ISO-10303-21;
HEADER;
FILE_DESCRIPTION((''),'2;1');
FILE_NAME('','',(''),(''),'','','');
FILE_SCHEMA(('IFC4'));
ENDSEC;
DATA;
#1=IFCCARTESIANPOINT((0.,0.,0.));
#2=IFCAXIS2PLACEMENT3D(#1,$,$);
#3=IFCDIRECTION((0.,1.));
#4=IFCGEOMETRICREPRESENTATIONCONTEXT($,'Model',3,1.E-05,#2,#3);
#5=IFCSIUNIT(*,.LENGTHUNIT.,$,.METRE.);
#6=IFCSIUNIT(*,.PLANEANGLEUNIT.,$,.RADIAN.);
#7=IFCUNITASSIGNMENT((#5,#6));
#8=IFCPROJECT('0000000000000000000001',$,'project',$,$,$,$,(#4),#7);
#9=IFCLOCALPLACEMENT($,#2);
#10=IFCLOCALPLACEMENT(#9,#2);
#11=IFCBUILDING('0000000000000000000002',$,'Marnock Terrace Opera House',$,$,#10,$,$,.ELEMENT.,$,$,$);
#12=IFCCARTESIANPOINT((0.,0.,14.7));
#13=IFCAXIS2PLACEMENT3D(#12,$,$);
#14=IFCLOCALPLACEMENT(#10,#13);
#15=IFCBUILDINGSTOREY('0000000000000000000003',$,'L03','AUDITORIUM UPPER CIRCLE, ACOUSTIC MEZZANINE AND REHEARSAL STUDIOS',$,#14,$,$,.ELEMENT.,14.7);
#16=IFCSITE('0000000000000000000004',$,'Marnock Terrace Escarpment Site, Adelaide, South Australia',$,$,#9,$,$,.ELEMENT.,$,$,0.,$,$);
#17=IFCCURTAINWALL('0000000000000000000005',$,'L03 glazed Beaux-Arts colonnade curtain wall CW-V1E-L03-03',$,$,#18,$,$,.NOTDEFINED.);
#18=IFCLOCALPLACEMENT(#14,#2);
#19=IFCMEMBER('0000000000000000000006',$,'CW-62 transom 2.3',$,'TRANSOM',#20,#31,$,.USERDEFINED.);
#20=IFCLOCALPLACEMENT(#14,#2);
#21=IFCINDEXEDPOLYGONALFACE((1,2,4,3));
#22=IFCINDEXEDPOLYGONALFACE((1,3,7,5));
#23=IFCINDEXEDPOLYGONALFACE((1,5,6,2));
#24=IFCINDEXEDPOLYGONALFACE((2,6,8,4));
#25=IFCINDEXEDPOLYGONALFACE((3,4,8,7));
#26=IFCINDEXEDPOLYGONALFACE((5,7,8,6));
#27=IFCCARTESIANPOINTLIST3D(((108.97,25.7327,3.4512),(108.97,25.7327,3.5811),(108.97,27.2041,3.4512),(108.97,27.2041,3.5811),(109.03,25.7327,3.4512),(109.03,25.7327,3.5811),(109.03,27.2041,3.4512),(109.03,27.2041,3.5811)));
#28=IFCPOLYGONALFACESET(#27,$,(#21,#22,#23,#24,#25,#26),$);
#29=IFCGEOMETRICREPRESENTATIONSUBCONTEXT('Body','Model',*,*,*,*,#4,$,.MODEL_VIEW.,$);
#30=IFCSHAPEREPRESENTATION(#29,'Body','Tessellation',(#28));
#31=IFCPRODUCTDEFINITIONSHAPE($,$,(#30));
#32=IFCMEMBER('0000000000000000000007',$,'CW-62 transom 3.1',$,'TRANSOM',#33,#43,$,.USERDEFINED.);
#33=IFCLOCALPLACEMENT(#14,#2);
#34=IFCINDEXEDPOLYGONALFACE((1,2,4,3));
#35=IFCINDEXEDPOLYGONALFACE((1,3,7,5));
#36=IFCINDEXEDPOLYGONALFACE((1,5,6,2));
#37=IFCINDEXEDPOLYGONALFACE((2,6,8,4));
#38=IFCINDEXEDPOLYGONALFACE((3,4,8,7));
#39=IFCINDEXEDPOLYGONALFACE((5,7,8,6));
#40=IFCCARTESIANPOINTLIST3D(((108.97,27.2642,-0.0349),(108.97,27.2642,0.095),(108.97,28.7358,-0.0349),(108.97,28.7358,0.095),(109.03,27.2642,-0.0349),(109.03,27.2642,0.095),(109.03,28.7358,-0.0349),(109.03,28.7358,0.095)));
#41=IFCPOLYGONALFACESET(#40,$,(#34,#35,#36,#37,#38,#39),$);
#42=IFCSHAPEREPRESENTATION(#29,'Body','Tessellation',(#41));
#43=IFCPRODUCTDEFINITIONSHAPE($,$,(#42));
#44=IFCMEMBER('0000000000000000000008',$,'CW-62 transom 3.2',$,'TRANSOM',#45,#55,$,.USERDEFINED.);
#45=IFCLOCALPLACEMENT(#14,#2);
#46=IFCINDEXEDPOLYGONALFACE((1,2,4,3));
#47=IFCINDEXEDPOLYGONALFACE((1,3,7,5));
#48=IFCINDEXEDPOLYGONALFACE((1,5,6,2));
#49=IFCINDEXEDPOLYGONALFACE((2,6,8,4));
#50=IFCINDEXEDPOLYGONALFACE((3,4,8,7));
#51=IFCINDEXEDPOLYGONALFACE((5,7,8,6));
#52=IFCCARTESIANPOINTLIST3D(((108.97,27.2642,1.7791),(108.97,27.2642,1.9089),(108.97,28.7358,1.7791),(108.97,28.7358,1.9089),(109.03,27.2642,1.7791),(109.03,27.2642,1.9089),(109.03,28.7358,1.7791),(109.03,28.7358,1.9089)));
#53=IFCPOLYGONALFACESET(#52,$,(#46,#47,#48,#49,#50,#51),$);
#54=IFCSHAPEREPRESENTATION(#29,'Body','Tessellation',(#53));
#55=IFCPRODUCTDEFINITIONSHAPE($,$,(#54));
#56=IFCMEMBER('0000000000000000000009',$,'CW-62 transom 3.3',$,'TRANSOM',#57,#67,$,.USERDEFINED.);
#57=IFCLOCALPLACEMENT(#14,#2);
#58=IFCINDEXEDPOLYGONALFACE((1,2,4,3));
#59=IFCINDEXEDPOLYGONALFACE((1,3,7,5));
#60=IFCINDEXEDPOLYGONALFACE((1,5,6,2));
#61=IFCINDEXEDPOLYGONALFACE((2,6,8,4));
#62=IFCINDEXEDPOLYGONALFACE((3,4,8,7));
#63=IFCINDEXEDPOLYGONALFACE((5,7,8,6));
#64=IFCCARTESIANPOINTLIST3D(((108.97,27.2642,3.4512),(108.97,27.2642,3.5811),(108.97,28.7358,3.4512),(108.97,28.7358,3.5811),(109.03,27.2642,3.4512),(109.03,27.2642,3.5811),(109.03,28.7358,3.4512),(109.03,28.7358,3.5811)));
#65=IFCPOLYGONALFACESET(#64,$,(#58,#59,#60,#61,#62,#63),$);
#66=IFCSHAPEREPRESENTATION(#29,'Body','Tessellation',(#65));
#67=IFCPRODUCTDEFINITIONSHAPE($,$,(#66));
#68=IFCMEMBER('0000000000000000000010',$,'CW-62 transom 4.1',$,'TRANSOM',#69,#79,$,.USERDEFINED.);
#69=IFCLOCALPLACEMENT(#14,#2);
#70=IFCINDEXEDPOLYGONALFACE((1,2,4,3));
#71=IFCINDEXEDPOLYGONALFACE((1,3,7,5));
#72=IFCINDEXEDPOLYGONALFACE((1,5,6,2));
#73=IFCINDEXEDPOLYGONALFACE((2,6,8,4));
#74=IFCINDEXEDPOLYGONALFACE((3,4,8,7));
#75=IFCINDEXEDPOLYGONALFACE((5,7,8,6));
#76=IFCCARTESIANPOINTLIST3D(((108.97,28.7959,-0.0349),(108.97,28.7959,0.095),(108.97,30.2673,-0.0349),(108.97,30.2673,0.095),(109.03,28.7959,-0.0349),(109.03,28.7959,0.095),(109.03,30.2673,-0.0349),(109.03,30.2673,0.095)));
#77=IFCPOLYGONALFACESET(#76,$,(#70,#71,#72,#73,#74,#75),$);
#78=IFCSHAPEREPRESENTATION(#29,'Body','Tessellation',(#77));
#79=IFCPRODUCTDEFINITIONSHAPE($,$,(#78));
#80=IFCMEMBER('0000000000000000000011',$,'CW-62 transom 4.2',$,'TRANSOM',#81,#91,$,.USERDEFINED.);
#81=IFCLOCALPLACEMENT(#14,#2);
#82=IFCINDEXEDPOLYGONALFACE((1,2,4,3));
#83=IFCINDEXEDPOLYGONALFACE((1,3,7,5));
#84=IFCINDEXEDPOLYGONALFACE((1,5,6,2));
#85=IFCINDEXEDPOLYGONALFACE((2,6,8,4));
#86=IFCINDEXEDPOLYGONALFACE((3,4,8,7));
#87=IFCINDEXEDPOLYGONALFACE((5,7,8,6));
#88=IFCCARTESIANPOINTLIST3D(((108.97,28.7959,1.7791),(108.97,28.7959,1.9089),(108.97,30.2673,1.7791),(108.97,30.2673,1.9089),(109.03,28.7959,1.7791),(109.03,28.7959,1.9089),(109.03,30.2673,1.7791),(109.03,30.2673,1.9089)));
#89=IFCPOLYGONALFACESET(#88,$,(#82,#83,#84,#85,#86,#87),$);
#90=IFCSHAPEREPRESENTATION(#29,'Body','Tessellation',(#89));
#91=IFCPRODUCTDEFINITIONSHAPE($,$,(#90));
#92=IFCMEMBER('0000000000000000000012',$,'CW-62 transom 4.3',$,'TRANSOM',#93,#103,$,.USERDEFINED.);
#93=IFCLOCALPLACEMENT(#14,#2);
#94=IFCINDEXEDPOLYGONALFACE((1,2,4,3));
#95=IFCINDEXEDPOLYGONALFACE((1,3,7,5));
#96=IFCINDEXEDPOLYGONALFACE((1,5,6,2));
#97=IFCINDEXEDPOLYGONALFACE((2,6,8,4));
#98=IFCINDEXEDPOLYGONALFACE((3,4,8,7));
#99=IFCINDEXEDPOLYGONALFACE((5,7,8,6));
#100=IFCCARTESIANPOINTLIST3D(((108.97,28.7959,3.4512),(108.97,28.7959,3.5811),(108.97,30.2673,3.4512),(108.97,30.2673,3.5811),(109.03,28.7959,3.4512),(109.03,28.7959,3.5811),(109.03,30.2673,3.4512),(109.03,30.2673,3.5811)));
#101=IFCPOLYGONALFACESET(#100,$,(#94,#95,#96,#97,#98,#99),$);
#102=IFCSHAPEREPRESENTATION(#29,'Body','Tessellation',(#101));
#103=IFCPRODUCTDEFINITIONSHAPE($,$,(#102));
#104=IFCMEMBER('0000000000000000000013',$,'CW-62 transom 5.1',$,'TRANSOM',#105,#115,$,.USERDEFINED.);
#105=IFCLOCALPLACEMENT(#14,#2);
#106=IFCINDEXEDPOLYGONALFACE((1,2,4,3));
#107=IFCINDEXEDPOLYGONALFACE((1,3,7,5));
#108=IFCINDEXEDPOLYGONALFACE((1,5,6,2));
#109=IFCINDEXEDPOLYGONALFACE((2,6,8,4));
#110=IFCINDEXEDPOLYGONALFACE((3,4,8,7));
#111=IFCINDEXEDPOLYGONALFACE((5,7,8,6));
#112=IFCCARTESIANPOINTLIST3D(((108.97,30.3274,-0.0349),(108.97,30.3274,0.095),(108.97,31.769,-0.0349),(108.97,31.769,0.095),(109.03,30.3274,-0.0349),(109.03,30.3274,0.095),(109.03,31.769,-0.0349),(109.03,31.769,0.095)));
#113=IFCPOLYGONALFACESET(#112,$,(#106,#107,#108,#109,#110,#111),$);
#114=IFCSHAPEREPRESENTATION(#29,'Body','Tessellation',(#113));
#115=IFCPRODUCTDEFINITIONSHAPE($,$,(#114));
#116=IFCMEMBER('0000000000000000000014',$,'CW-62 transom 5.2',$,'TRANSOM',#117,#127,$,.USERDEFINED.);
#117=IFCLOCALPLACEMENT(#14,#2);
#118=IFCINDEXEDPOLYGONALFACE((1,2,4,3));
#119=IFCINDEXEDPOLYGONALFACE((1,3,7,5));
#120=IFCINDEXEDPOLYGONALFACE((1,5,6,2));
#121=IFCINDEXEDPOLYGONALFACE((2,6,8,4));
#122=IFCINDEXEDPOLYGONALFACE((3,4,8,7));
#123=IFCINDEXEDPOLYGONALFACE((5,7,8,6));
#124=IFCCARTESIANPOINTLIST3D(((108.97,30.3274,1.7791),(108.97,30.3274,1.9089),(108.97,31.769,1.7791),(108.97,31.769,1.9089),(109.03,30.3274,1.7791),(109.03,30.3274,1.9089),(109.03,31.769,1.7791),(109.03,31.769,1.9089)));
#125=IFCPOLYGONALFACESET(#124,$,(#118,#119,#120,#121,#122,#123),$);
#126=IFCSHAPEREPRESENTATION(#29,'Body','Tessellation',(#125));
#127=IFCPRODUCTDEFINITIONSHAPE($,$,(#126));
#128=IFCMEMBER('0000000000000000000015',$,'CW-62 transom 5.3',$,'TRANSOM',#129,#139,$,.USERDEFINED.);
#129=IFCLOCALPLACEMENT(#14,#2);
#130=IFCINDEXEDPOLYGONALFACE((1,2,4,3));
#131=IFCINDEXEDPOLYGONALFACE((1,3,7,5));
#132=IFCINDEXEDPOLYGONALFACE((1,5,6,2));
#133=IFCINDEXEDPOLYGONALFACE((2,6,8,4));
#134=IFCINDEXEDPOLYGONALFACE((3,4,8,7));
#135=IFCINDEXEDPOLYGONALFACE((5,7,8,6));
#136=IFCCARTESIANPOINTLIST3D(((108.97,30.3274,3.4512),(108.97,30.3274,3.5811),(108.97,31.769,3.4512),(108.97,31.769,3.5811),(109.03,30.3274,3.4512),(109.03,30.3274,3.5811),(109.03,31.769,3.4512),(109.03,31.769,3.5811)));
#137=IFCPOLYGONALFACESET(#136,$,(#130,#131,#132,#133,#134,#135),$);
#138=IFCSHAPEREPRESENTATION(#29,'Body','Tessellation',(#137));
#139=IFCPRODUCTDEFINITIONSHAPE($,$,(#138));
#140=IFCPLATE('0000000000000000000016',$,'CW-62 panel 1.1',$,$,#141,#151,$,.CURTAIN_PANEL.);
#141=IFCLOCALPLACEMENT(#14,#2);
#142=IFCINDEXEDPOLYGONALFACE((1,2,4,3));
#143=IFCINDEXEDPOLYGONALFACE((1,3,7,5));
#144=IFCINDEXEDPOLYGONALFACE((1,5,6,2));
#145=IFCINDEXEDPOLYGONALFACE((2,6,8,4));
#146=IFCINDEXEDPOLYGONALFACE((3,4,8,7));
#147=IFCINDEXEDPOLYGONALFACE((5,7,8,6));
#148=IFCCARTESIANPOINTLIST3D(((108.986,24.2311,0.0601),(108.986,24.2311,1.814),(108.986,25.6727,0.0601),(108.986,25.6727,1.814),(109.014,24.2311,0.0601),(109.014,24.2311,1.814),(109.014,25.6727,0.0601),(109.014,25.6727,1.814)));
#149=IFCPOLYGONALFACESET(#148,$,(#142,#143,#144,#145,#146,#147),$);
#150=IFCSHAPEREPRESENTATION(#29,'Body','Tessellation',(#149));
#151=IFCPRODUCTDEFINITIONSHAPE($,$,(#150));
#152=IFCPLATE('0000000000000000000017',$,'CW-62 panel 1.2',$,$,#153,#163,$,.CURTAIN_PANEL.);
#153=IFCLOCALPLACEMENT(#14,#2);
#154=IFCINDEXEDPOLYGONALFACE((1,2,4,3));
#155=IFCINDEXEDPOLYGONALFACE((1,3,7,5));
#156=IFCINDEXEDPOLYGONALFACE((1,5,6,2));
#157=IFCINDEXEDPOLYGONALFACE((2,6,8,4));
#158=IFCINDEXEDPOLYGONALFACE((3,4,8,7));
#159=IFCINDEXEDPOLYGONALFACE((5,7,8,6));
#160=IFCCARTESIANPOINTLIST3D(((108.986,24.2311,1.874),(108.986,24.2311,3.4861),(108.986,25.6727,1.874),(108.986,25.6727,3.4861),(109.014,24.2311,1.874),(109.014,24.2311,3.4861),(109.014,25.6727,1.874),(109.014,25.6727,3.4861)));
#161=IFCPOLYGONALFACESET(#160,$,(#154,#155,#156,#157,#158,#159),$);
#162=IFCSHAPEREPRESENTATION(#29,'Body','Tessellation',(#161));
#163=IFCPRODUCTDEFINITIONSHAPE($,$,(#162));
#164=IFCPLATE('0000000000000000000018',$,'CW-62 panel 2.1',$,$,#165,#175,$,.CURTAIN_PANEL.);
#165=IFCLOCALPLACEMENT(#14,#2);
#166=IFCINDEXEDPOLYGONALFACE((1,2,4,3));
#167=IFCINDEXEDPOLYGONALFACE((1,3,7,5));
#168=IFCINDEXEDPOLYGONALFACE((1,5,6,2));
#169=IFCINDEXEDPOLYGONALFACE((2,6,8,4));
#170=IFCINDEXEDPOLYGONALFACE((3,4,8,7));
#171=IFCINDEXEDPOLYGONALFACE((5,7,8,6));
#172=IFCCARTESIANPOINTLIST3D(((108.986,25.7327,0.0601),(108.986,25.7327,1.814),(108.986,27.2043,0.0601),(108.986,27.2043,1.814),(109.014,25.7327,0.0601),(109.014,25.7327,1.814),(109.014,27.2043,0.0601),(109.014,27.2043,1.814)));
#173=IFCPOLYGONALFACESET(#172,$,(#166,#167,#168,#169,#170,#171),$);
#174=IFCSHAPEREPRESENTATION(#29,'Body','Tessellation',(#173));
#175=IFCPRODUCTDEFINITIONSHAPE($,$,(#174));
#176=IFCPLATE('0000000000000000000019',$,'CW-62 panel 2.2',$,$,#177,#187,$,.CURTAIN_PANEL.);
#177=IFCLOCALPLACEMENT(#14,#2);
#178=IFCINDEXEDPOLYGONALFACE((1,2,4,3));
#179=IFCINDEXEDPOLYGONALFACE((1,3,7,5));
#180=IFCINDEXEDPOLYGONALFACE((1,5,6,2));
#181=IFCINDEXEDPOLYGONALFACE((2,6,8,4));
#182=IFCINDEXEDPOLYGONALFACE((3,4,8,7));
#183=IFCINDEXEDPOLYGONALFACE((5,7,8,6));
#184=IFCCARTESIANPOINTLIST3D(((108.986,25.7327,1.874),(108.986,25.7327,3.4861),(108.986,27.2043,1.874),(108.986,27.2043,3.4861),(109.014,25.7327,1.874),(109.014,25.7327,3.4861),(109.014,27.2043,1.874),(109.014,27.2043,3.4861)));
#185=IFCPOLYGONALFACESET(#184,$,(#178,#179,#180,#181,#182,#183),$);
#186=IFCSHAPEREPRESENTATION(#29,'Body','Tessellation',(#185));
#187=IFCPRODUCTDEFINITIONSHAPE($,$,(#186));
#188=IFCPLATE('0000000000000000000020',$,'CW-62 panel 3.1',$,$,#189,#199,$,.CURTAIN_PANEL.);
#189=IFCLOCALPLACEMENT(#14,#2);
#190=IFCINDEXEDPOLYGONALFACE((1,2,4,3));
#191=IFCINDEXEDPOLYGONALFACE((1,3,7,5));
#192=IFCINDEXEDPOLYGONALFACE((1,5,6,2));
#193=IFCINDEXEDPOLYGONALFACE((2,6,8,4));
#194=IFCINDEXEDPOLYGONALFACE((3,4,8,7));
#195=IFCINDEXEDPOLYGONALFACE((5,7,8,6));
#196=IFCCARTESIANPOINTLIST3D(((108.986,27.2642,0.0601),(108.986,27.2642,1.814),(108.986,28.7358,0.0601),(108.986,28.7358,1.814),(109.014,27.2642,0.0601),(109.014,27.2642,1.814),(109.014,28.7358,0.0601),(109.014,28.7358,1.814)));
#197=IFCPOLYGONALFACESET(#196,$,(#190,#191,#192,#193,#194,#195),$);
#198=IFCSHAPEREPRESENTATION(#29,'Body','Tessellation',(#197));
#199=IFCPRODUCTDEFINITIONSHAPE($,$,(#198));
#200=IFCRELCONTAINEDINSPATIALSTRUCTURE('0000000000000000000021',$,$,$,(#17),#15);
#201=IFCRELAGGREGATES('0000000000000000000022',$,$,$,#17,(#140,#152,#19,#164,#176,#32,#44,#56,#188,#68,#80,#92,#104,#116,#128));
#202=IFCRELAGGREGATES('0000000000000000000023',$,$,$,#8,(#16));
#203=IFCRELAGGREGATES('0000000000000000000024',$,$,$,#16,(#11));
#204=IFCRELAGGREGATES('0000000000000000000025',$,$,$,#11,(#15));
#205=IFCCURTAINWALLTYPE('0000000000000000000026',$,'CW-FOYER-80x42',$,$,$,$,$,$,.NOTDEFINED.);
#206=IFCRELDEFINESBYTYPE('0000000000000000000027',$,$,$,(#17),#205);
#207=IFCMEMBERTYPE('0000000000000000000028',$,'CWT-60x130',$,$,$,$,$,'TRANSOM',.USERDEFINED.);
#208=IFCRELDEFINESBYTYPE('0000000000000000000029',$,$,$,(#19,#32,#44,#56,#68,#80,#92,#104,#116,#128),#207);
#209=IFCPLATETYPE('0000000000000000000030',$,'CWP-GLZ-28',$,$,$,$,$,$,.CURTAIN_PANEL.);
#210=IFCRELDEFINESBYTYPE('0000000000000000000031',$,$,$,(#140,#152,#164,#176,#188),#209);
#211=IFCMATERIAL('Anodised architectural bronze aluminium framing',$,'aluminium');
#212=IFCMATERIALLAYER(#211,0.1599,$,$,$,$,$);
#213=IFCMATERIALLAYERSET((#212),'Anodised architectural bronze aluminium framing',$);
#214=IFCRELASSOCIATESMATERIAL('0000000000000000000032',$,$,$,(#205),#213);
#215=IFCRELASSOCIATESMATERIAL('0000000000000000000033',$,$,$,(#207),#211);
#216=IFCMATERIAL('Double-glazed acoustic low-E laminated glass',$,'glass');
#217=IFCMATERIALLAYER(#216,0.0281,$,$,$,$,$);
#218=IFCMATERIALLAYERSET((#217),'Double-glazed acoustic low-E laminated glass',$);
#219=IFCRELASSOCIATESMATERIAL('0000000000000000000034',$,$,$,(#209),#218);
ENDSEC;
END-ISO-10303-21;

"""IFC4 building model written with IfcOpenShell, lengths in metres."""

from ifc_helpers import new_model, si_unit, direction, frame, origin, origin_2d, place, context, subcontext, project, spatial, rectangle, extrude, material, layer, layer_set, material_profile, profile_set, type_object, element, aggregate, save


model = new_model("IFC4")

# Units and contexts
model_context = context("Model", 3, precision=1e-05, world=origin(), true_north=direction((0.0, 1.0)))
body_context = subcontext(model_context, "Body", "Model", "MODEL_VIEW")
ifc_project = project(units=[si_unit("LENGTHUNIT", "METRE"), si_unit("PLANEANGLEUNIT", "RADIAN")], contexts=[model_context])

# Site, building, storey
site_placement = place(None, origin())
site = spatial("IfcSite", under=ifc_project, at=site_placement, Name="Marnock Terrace Escarpment Site, Adelaide, South Australia", CompositionType="ELEMENT", RefElevation=0.0)
building_placement = place(site_placement, origin())
building = spatial("IfcBuilding", under=site, at=building_placement, Name="Marnock Terrace Opera House", CompositionType="ELEMENT")
storey_placement = place(building_placement, frame((0.0, 0.0, 14.7)))
storey = spatial("IfcBuildingStorey", under=building, at=storey_placement, Name="L03", Description="AUDITORIUM UPPER CIRCLE, ACOUSTIC MEZZANINE AND REHEARSAL STUDIOS", CompositionType="ELEMENT", Elevation=14.7)

# Curtain wall, members, plates
ifc_material_1 = material(Name="Anodised architectural bronze aluminium framing", Category="aluminium")
ifc_layer_1 = layer(ifc_material_1, 0.1599)
ifc_layer_set_1 = layer_set([ifc_layer_1], Name="Anodised architectural bronze aluminium framing")
curtain_wall_type = type_object("IfcCurtainWallType", Name="CW-FOYER-80x42", PredefinedType="NOTDEFINED", material=ifc_layer_set_1)
curtain_wall_placement = place(storey_placement, origin())
curtain_wall = element("IfcCurtainWall", 1, at=curtain_wall_placement, inside=storey, type_object=curtain_wall_type, Name="L03 glazed Beaux-Arts colonnade curtain wall CW-V1E-L03-03", PredefinedType="NOTDEFINED")
ifc_material_profile_1 = material_profile(ifc_material_1, rectangle(XDim=0.0601, YDim=0.1299, at=origin_2d()))
ifc_profile_set_1 = profile_set([ifc_material_profile_1], Name="Anodised architectural bronze aluminium framing")
member_type_1 = type_object("IfcMemberType", Name="CWT-60x130", ElementType="TRANSOM", PredefinedType="USERDEFINED", material=ifc_profile_set_1)
member_1_placement = place(storey_placement, frame((109.0, 25.7327, 3.5161), z_axis=(0.0, 1.0, 0.0), x_axis=(-1.0, 0.0, 0.0)))
member_1 = element("IfcMember", 2, at=member_1_placement, type_object=member_type_1, Name="CW-62 transom 2.3", ObjectType="TRANSOM", PredefinedType="USERDEFINED", context=body_context, shape_type="SweptSolid", body=[
    extrude(rectangle(XDim=0.0601, YDim=0.1299, at=origin_2d()), origin(), (0.0, 0.0, 1.0), 1.4714),
])
member_2_placement = place(storey_placement, frame((109.0, 27.2642, 0.03), z_axis=(0.0, 1.0, 0.0), x_axis=(-1.0, 0.0, 0.0)))
member_2 = element("IfcMember", 3, at=member_2_placement, type_object=member_type_1, Name="CW-62 transom 3.1", ObjectType="TRANSOM", PredefinedType="USERDEFINED", context=body_context, shape_type="SweptSolid", body=[
    extrude(rectangle(XDim=0.0601, YDim=0.1299, at=origin_2d()), origin(), (0.0, 0.0, 1.0), 1.4717),
])
member_3_placement = place(storey_placement, frame((109.0, 27.2642, 1.844), z_axis=(0.0, 1.0, 0.0), x_axis=(-1.0, 0.0, 0.0)))
member_3 = element("IfcMember", 4, at=member_3_placement, type_object=member_type_1, Name="CW-62 transom 3.2", ObjectType="TRANSOM", PredefinedType="USERDEFINED", context=body_context, shape_type="SweptSolid", body=[
    extrude(rectangle(XDim=0.0601, YDim=0.1299, at=origin_2d()), origin(), (0.0, 0.0, 1.0), 1.4717),
])
member_4_placement = place(storey_placement, frame((109.0, 27.2642, 3.5161), z_axis=(0.0, 1.0, 0.0), x_axis=(-1.0, 0.0, 0.0)))
member_4 = element("IfcMember", 5, at=member_4_placement, type_object=member_type_1, Name="CW-62 transom 3.3", ObjectType="TRANSOM", PredefinedType="USERDEFINED", context=body_context, shape_type="SweptSolid", body=[
    extrude(rectangle(XDim=0.0601, YDim=0.1299, at=origin_2d()), origin(), (0.0, 0.0, 1.0), 1.4717),
])
member_5_placement = place(storey_placement, frame((109.0, 28.7959, 0.03), z_axis=(0.0, 1.0, 0.0), x_axis=(-1.0, 0.0, 0.0)))
member_5 = element("IfcMember", 6, at=member_5_placement, type_object=member_type_1, Name="CW-62 transom 4.1", ObjectType="TRANSOM", PredefinedType="USERDEFINED", context=body_context, shape_type="SweptSolid", body=[
    extrude(rectangle(XDim=0.0601, YDim=0.1299, at=origin_2d()), origin(), (0.0, 0.0, 1.0), 1.4714),
])
member_6_placement = place(storey_placement, frame((109.0, 28.7959, 1.844), z_axis=(0.0, 1.0, 0.0), x_axis=(-1.0, 0.0, 0.0)))
member_6 = element("IfcMember", 7, at=member_6_placement, type_object=member_type_1, Name="CW-62 transom 4.2", ObjectType="TRANSOM", PredefinedType="USERDEFINED", context=body_context, shape_type="SweptSolid", body=[
    extrude(rectangle(XDim=0.0601, YDim=0.1299, at=origin_2d()), origin(), (0.0, 0.0, 1.0), 1.4714),
])
member_7_placement = place(storey_placement, frame((109.0, 28.7959, 3.5161), z_axis=(0.0, 1.0, 0.0), x_axis=(-1.0, 0.0, 0.0)))
member_7 = element("IfcMember", 8, at=member_7_placement, type_object=member_type_1, Name="CW-62 transom 4.3", ObjectType="TRANSOM", PredefinedType="USERDEFINED", context=body_context, shape_type="SweptSolid", body=[
    extrude(rectangle(XDim=0.0601, YDim=0.1299, at=origin_2d()), origin(), (0.0, 0.0, 1.0), 1.4714),
])
member_8_placement = place(storey_placement, frame((109.0, 30.3274, 0.03), z_axis=(0.0, 1.0, 0.0), x_axis=(-1.0, 0.0, 0.0)))
member_8 = element("IfcMember", 9, at=member_8_placement, type_object=member_type_1, Name="CW-62 transom 5.1", ObjectType="TRANSOM", PredefinedType="USERDEFINED", context=body_context, shape_type="SweptSolid", body=[
    extrude(rectangle(XDim=0.0601, YDim=0.1299, at=origin_2d()), origin(), (0.0, 0.0, 1.0), 1.4417),
])
member_9_placement = place(storey_placement, frame((109.0, 30.3274, 1.844), z_axis=(0.0, 1.0, 0.0), x_axis=(-1.0, 0.0, 0.0)))
member_9 = element("IfcMember", 10, at=member_9_placement, type_object=member_type_1, Name="CW-62 transom 5.2", ObjectType="TRANSOM", PredefinedType="USERDEFINED", context=body_context, shape_type="SweptSolid", body=[
    extrude(rectangle(XDim=0.0601, YDim=0.1299, at=origin_2d()), origin(), (0.0, 0.0, 1.0), 1.4417),
])
member_10_placement = place(storey_placement, frame((109.0, 30.3274, 3.5161), z_axis=(0.0, 1.0, 0.0), x_axis=(-1.0, 0.0, 0.0)))
member_10 = element("IfcMember", 11, at=member_10_placement, type_object=member_type_1, Name="CW-62 transom 5.3", ObjectType="TRANSOM", PredefinedType="USERDEFINED", context=body_context, shape_type="SweptSolid", body=[
    extrude(rectangle(XDim=0.0601, YDim=0.1299, at=origin_2d()), origin(), (0.0, 0.0, 1.0), 1.4417),
])
ifc_material_2 = material(Name="Double-glazed acoustic low-E laminated glass", Category="glass")
ifc_layer_2 = layer(ifc_material_2, 0.0281)
ifc_layer_set_2 = layer_set([ifc_layer_2], Name="Double-glazed acoustic low-E laminated glass")
plate_type = type_object("IfcPlateType", Name="CWP-GLZ-28", PredefinedType="CURTAIN_PANEL", material=ifc_layer_set_2)
plate_1_placement = place(storey_placement, frame((109.0, 24.9519, 0.0601), z_axis=(0.0, 0.0, 1.0), x_axis=(0.0, 1.0, 0.0)))
plate_1 = element("IfcPlate", 12, at=plate_1_placement, type_object=plate_type, Name="CW-62 panel 1.1", PredefinedType="CURTAIN_PANEL", context=body_context, shape_type="SweptSolid", body=[
    extrude(rectangle(XDim=1.4417, YDim=0.0281, at=origin_2d()), origin(), (0.0, 0.0, 1.0), 1.7539),
])
plate_2_placement = place(storey_placement, frame((109.0, 24.9519, 1.874), z_axis=(0.0, 0.0, 1.0), x_axis=(0.0, 1.0, 0.0)))
plate_2 = element("IfcPlate", 13, at=plate_2_placement, type_object=plate_type, Name="CW-62 panel 1.2", PredefinedType="CURTAIN_PANEL", context=body_context, shape_type="SweptSolid", body=[
    extrude(rectangle(XDim=1.4417, YDim=0.0281, at=origin_2d()), origin(), (0.0, 0.0, 1.0), 1.6121),
])
plate_3_placement = place(storey_placement, frame((109.0, 26.4685, 0.0601), z_axis=(0.0, 0.0, 1.0), x_axis=(0.0, 1.0, 0.0)))
plate_3 = element("IfcPlate", 14, at=plate_3_placement, type_object=plate_type, Name="CW-62 panel 2.1", PredefinedType="CURTAIN_PANEL", context=body_context, shape_type="SweptSolid", body=[
    extrude(rectangle(XDim=1.4717, YDim=0.0281, at=origin_2d()), origin(), (0.0, 0.0, 1.0), 1.7539),
])
plate_4_placement = place(storey_placement, frame((109.0, 26.4685, 1.874), z_axis=(0.0, 0.0, 1.0), x_axis=(0.0, 1.0, 0.0)))
plate_4 = element("IfcPlate", 15, at=plate_4_placement, type_object=plate_type, Name="CW-62 panel 2.2", PredefinedType="CURTAIN_PANEL", context=body_context, shape_type="SweptSolid", body=[
    extrude(rectangle(XDim=1.4717, YDim=0.0281, at=origin_2d()), origin(), (0.0, 0.0, 1.0), 1.6121),
])
plate_5_placement = place(storey_placement, frame((109.0, 28.0, 0.0601), z_axis=(0.0, 0.0, 1.0), x_axis=(0.0, 1.0, 0.0)))
plate_5 = element("IfcPlate", 16, at=plate_5_placement, type_object=plate_type, Name="CW-62 panel 3.1", PredefinedType="CURTAIN_PANEL", context=body_context, shape_type="SweptSolid", body=[
    extrude(rectangle(XDim=1.4717, YDim=0.0281, at=origin_2d()), origin(), (0.0, 0.0, 1.0), 1.7539),
])
aggregate(curtain_wall, [plate_1, plate_2, member_1, plate_3, plate_4, member_2, member_3, member_4, plate_5, member_5, member_6, member_7, member_8, member_9, member_10])

save(model, "model.ifc")
